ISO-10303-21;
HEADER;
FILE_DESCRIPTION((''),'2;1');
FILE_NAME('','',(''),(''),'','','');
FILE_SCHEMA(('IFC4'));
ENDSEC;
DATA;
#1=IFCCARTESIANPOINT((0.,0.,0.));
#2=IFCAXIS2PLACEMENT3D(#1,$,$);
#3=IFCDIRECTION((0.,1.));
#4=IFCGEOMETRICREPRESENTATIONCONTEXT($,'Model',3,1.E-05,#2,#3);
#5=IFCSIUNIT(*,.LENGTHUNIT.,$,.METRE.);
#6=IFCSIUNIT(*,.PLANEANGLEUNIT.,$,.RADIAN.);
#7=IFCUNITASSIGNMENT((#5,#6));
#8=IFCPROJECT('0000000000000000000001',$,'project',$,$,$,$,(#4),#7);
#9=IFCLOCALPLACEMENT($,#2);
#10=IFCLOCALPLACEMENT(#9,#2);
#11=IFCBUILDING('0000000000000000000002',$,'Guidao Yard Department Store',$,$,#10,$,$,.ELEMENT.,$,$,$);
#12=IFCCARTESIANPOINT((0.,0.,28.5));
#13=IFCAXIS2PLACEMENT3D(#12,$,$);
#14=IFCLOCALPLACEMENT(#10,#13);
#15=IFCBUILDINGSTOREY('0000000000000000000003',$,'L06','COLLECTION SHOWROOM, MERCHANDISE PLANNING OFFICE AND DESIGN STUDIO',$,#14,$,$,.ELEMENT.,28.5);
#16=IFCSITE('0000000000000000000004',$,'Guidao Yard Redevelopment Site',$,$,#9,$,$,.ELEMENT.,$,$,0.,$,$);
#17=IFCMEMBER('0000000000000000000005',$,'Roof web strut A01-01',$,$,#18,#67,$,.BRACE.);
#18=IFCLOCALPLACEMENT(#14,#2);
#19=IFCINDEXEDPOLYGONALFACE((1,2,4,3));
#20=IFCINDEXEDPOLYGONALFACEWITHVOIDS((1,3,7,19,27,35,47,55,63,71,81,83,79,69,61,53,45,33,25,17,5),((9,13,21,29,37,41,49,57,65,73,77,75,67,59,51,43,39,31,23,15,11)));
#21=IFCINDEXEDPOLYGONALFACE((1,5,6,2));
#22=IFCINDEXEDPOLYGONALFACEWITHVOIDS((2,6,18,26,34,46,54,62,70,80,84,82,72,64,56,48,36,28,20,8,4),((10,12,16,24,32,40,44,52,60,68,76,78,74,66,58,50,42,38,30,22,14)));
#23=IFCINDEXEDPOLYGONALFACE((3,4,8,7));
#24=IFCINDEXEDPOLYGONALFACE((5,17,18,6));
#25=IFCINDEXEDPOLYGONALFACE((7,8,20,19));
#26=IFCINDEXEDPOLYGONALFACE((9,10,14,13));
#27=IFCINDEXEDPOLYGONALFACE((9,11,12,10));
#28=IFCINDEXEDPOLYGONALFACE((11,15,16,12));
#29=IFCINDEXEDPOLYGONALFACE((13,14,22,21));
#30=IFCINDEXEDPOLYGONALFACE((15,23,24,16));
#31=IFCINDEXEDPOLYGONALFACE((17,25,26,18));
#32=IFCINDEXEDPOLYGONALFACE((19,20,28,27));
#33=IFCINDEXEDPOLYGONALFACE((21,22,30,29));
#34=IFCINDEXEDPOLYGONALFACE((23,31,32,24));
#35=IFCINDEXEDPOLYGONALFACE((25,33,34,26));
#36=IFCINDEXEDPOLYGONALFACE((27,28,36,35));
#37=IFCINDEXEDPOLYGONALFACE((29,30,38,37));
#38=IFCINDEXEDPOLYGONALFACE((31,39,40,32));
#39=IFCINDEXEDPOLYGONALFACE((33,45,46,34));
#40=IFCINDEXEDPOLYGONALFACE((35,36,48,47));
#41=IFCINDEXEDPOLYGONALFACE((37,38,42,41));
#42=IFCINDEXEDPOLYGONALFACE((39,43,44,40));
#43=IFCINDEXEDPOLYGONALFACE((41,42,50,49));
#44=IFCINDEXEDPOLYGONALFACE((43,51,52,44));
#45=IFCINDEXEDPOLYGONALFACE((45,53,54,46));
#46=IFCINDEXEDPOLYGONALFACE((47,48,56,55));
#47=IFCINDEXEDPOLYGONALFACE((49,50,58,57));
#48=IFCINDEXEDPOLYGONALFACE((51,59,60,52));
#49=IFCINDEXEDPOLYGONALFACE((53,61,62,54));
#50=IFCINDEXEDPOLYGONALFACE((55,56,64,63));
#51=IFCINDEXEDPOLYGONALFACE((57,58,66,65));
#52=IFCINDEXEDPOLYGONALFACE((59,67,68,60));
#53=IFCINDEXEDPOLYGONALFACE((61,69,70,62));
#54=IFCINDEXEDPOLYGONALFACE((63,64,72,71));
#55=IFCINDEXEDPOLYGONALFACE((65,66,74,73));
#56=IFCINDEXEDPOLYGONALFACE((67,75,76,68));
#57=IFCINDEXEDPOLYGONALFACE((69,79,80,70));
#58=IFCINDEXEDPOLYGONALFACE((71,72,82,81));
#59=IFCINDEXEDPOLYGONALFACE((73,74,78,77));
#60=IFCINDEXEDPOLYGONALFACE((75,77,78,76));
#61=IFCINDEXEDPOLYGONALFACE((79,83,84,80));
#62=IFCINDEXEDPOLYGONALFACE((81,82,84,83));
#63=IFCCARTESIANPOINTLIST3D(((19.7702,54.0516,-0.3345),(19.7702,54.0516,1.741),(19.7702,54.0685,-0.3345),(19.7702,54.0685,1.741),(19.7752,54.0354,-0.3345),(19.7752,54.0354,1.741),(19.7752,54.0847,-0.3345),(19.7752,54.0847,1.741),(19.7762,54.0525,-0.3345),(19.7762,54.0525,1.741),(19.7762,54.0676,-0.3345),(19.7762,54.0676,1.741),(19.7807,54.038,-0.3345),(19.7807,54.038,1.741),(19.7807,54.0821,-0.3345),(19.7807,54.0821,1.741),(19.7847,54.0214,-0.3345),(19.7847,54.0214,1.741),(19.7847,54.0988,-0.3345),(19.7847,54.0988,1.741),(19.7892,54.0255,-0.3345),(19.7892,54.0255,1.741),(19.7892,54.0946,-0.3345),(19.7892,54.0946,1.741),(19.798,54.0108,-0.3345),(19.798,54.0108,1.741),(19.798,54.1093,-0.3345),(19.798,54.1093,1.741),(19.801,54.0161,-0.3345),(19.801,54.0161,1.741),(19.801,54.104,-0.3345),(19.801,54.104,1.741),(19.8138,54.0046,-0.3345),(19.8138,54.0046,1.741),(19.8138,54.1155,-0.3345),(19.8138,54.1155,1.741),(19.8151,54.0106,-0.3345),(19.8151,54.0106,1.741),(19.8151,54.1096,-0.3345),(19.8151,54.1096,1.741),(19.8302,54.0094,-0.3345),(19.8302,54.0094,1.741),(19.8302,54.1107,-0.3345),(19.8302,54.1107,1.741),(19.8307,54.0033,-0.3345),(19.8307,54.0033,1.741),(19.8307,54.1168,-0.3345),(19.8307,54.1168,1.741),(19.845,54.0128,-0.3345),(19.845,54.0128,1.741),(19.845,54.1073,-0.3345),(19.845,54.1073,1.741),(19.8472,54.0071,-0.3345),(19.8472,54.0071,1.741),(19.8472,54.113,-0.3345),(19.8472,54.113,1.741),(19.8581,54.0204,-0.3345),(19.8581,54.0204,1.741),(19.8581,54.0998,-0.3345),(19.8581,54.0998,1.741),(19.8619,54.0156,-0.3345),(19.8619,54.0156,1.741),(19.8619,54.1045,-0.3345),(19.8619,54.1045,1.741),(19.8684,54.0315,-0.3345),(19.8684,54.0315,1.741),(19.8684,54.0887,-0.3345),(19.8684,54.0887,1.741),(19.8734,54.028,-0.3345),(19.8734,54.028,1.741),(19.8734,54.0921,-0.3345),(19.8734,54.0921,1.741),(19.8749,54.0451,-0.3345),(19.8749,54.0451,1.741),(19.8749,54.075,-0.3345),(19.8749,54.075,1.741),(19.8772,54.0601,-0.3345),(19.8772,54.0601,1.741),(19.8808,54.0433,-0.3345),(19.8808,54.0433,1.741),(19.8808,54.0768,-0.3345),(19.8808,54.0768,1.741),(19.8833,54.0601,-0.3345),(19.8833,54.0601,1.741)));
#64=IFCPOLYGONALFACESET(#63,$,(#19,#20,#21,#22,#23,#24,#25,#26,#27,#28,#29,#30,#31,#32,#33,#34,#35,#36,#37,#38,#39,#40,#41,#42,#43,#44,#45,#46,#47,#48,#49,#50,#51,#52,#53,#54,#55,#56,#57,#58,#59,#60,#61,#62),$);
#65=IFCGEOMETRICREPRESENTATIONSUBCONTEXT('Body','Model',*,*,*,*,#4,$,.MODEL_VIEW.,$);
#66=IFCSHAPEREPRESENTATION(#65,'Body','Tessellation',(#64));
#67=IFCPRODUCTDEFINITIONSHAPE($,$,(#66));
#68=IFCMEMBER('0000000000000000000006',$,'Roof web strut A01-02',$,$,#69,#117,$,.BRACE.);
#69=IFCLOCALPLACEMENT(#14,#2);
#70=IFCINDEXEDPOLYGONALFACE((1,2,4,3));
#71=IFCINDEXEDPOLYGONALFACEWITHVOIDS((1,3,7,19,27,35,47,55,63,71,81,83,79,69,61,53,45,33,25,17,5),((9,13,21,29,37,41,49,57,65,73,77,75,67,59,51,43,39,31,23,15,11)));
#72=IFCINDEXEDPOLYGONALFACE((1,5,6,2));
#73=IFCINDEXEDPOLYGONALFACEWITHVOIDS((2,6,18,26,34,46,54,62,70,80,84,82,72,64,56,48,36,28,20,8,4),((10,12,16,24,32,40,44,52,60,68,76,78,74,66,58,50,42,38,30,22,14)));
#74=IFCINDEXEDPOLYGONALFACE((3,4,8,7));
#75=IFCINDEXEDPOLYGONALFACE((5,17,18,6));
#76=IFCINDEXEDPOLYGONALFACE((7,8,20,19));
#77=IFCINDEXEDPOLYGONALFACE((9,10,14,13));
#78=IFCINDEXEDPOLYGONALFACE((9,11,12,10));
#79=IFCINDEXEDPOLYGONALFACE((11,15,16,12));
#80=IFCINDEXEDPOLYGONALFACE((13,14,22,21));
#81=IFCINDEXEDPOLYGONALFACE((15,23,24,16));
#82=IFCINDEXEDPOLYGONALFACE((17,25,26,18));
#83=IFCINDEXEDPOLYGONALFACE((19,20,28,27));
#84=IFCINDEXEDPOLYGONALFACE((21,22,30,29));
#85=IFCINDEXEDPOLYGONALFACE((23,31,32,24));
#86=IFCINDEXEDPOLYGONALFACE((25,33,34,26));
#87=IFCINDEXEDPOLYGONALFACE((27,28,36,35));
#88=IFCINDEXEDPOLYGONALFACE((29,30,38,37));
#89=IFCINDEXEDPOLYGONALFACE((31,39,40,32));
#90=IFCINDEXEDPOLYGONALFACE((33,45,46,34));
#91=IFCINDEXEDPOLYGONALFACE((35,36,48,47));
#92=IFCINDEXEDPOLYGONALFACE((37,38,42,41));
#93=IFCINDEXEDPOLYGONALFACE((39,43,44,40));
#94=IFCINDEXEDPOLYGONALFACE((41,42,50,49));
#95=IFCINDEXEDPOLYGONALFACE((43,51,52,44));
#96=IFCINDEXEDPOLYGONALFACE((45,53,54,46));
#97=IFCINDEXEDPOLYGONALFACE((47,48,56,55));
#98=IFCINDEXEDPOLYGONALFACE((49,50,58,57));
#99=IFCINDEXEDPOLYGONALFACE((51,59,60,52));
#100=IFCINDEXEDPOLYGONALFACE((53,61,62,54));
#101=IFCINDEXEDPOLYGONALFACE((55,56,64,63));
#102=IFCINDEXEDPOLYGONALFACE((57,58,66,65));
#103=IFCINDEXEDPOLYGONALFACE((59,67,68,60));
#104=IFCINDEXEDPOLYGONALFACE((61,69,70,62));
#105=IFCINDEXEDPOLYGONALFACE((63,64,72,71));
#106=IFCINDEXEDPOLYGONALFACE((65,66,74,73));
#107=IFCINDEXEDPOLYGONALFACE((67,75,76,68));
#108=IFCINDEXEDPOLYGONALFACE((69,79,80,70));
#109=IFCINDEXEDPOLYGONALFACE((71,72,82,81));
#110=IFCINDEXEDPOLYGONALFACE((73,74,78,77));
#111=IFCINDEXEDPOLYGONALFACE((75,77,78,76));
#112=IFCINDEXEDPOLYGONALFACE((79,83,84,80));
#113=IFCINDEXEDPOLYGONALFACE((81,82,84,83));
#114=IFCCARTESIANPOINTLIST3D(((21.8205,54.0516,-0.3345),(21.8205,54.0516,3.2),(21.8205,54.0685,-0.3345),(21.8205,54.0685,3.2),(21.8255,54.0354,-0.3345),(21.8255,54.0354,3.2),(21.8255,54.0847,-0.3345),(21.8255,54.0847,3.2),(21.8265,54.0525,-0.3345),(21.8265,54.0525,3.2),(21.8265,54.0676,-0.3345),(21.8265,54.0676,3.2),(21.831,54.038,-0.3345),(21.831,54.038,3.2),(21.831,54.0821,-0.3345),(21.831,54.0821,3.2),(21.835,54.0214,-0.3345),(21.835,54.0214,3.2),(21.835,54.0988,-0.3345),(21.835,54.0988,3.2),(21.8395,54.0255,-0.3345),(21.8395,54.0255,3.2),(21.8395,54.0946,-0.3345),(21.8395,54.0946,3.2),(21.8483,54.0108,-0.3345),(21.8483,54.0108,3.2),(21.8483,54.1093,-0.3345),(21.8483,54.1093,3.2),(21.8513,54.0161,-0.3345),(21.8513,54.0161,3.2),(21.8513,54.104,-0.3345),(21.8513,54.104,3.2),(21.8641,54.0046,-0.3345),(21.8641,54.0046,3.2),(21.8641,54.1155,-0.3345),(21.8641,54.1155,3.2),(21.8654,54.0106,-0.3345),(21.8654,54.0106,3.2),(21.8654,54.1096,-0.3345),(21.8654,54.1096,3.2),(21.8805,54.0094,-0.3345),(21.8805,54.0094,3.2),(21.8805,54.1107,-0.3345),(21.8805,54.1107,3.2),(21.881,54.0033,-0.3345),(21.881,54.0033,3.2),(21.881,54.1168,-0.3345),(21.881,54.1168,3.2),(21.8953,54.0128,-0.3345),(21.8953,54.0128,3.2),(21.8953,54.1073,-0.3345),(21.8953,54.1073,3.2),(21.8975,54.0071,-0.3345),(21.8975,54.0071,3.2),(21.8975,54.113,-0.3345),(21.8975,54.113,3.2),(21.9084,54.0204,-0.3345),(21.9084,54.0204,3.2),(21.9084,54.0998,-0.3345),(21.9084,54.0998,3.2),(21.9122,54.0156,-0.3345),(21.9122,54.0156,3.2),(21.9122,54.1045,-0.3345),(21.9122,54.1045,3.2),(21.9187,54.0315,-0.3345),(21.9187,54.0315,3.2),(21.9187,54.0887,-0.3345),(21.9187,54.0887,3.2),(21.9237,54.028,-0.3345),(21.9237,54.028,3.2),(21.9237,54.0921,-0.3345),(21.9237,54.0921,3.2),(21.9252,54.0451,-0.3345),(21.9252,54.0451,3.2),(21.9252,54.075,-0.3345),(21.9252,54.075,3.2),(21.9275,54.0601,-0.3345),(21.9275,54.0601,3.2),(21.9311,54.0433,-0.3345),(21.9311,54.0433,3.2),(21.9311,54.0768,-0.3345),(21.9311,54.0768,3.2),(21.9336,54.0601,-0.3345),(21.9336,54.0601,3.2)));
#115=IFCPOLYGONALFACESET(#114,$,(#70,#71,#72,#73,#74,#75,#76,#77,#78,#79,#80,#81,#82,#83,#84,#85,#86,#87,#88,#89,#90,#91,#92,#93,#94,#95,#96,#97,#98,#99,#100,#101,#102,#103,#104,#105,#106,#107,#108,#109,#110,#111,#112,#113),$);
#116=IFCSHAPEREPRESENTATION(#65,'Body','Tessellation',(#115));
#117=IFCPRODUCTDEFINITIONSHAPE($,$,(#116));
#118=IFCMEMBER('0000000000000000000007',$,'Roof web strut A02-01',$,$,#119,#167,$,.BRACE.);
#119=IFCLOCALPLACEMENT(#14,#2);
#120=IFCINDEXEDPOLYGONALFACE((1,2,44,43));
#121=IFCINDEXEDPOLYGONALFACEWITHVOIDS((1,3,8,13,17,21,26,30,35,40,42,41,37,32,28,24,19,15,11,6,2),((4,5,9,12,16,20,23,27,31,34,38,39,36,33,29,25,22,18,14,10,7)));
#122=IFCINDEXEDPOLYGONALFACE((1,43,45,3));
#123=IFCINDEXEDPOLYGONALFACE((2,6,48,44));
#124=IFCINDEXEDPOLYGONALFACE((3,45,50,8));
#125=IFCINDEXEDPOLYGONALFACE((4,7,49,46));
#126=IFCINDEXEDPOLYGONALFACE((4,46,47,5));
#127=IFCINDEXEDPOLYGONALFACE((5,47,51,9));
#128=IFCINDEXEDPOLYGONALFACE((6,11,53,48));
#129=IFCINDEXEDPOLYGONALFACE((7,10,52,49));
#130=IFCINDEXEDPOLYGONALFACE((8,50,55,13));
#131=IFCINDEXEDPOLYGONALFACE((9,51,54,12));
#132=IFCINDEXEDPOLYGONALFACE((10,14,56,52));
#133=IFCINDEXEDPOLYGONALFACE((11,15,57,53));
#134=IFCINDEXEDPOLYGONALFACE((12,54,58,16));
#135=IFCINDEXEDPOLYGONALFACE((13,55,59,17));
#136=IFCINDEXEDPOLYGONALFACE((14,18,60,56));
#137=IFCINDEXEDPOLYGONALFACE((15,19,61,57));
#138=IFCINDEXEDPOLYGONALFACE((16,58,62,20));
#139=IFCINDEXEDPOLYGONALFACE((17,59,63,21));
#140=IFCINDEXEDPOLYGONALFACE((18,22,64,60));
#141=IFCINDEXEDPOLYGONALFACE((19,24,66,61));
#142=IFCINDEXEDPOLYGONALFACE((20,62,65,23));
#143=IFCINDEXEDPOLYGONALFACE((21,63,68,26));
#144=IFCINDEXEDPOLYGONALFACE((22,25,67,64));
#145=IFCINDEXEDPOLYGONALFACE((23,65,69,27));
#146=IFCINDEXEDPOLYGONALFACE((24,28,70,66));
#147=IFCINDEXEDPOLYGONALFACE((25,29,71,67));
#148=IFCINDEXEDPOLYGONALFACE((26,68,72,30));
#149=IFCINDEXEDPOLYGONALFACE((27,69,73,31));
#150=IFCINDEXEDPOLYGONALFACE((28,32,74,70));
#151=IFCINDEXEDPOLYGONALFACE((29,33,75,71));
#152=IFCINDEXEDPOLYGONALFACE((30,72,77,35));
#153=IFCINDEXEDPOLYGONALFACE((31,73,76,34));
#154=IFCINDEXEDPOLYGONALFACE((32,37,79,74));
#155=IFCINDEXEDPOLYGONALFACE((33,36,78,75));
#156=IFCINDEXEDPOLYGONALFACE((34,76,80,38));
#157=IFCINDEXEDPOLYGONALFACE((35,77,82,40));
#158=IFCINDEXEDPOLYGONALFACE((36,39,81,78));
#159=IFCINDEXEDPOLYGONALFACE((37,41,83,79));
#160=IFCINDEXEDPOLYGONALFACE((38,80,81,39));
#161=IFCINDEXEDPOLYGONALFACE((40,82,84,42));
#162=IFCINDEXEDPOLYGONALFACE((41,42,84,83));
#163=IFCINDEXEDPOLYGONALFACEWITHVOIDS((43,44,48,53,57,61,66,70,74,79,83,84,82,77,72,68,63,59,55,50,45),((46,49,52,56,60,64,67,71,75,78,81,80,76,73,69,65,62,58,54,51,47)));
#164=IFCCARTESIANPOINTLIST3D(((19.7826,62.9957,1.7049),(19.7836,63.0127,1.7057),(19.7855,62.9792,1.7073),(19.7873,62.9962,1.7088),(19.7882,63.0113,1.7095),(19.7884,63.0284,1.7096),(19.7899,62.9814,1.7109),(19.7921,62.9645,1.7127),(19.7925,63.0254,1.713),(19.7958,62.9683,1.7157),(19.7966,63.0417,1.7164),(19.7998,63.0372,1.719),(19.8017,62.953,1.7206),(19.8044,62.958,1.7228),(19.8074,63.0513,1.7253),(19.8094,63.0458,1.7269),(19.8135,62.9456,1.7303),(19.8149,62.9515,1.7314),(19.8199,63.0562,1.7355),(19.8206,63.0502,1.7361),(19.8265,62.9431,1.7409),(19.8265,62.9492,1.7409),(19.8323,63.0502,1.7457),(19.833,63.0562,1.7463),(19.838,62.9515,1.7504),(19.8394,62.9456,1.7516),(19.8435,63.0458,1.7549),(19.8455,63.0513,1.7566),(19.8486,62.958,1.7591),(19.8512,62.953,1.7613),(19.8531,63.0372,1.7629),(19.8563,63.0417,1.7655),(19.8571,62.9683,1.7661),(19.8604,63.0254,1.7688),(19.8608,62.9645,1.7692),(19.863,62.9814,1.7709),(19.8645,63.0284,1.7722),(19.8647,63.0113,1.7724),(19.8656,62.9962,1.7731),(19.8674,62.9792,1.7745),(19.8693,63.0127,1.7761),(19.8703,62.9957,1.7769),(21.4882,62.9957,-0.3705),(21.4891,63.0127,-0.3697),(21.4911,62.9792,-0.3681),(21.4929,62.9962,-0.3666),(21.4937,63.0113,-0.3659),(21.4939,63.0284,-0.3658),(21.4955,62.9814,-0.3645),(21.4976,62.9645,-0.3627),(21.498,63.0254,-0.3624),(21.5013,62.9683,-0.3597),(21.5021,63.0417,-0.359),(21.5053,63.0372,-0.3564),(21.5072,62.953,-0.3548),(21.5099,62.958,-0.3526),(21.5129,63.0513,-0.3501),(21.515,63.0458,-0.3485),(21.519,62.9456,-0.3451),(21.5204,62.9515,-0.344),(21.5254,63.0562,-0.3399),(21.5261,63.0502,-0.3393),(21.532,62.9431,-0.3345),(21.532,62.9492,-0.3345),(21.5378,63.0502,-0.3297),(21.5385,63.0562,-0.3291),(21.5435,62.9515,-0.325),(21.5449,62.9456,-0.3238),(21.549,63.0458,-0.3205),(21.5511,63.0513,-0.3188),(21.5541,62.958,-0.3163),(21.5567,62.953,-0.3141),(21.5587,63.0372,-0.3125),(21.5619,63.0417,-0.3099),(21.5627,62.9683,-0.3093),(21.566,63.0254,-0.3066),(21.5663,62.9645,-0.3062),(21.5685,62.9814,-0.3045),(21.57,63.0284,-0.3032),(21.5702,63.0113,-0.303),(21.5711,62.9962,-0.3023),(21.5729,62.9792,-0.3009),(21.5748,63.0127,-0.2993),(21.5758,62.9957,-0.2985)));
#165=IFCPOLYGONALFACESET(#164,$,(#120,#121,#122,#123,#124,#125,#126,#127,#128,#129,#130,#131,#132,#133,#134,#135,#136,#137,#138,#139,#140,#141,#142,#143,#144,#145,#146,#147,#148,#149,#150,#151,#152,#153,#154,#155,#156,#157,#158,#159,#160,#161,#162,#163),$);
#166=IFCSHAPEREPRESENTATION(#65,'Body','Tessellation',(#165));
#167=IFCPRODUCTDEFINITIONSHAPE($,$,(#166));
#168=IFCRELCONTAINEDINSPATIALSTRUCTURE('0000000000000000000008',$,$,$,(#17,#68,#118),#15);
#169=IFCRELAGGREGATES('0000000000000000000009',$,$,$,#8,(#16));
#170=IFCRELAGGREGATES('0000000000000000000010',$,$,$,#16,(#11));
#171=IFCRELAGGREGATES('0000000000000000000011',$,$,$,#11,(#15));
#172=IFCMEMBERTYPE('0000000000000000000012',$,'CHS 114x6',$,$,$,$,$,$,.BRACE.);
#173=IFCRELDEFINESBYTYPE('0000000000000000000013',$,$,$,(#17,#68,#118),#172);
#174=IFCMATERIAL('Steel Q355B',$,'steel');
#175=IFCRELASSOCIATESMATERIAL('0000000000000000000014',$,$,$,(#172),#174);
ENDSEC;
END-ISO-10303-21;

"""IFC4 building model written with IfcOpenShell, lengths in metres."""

from ifc_helpers import new_model, si_unit, direction, frame, origin, origin_2d, place, context, subcontext, project, spatial, hollow_circle, extrude, material, material_profile, profile_set, type_object, element, save


model = new_model("IFC4")

# Units and contexts
model_context = context("Model", 3, precision=1e-05, world=origin(), true_north=direction((0.0, 1.0)))
body_context = subcontext(model_context, "Body", "Model", "MODEL_VIEW")
ifc_project = project(units=[si_unit("LENGTHUNIT", "METRE"), si_unit("PLANEANGLEUNIT", "RADIAN")], contexts=[model_context])

# Site, building, storey
site_placement = place(None, origin())
site = spatial("IfcSite", under=ifc_project, at=site_placement, Name="Guidao Yard Redevelopment Site", CompositionType="ELEMENT", RefElevation=0.0)
building_placement = place(site_placement, origin())
building = spatial("IfcBuilding", under=site, at=building_placement, Name="Guidao Yard Department Store", CompositionType="ELEMENT")
storey_placement = place(building_placement, frame((0.0, 0.0, 28.5)))
storey = spatial("IfcBuildingStorey", under=building, at=storey_placement, Name="L06", Description="COLLECTION SHOWROOM, MERCHANDISE PLANNING OFFICE AND DESIGN STUDIO", CompositionType="ELEMENT", Elevation=28.5)

# Members
ifc_material_1 = material(Name="Steel Q355B", Category="steel")
ifc_material_profile_1 = material_profile(ifc_material_1, hollow_circle(Radius=0.0569, WallThickness=0.0061, at=origin_2d()), Name="CHS 114x6")
ifc_profile_set_1 = profile_set([ifc_material_profile_1], Name="Steel Q355B")
member_type_1 = type_object("IfcMemberType", Name="CHS 114x6", PredefinedType="BRACE", material=ifc_profile_set_1)
member_1_placement = place(storey_placement, frame((19.8264, 54.0601, -0.3345), z_axis=(0.0, 0.0, 1.0), x_axis=(1.0, 0.0, 0.0)))
element("IfcMember", 1, at=member_1_placement, inside=storey, type_object=member_type_1, Name="Roof web strut A01-01", PredefinedType="BRACE", context=body_context, shape_type="SweptSolid", body=[
    extrude(hollow_circle(Radius=0.0569, WallThickness=0.0061, at=origin_2d()), origin(), (0.0, 0.0, 1.0), 2.0754),
])
member_2_placement = place(storey_placement, frame((21.8767, 54.0601, -0.3345), z_axis=(0.0, 0.0, 1.0), x_axis=(1.0, 0.0, 0.0)))
element("IfcMember", 2, at=member_2_placement, inside=storey, type_object=member_type_1, Name="Roof web strut A01-02", PredefinedType="BRACE", context=body_context, shape_type="SweptSolid", body=[
    extrude(hollow_circle(Radius=0.0569, WallThickness=0.0061, at=origin_2d()), origin(), (0.0, 0.0, 1.0), 3.5344),
])
member_3_placement = place(storey_placement, frame((21.532, 63.0, -0.3345), z_axis=(-0.634904, 0.0, 0.772591), x_axis=(0.0, -1.0, 0.0)))
element("IfcMember", 3, at=member_3_placement, inside=storey, type_object=member_type_1, Name="Roof web strut A02-01", PredefinedType="BRACE", context=body_context, shape_type="SweptSolid", body=[
    extrude(hollow_circle(Radius=0.0569, WallThickness=0.0061, at=origin_2d()), origin(), (0.0, 0.0, 1.0), 2.6863),
])

save(model, "model.ifc")
